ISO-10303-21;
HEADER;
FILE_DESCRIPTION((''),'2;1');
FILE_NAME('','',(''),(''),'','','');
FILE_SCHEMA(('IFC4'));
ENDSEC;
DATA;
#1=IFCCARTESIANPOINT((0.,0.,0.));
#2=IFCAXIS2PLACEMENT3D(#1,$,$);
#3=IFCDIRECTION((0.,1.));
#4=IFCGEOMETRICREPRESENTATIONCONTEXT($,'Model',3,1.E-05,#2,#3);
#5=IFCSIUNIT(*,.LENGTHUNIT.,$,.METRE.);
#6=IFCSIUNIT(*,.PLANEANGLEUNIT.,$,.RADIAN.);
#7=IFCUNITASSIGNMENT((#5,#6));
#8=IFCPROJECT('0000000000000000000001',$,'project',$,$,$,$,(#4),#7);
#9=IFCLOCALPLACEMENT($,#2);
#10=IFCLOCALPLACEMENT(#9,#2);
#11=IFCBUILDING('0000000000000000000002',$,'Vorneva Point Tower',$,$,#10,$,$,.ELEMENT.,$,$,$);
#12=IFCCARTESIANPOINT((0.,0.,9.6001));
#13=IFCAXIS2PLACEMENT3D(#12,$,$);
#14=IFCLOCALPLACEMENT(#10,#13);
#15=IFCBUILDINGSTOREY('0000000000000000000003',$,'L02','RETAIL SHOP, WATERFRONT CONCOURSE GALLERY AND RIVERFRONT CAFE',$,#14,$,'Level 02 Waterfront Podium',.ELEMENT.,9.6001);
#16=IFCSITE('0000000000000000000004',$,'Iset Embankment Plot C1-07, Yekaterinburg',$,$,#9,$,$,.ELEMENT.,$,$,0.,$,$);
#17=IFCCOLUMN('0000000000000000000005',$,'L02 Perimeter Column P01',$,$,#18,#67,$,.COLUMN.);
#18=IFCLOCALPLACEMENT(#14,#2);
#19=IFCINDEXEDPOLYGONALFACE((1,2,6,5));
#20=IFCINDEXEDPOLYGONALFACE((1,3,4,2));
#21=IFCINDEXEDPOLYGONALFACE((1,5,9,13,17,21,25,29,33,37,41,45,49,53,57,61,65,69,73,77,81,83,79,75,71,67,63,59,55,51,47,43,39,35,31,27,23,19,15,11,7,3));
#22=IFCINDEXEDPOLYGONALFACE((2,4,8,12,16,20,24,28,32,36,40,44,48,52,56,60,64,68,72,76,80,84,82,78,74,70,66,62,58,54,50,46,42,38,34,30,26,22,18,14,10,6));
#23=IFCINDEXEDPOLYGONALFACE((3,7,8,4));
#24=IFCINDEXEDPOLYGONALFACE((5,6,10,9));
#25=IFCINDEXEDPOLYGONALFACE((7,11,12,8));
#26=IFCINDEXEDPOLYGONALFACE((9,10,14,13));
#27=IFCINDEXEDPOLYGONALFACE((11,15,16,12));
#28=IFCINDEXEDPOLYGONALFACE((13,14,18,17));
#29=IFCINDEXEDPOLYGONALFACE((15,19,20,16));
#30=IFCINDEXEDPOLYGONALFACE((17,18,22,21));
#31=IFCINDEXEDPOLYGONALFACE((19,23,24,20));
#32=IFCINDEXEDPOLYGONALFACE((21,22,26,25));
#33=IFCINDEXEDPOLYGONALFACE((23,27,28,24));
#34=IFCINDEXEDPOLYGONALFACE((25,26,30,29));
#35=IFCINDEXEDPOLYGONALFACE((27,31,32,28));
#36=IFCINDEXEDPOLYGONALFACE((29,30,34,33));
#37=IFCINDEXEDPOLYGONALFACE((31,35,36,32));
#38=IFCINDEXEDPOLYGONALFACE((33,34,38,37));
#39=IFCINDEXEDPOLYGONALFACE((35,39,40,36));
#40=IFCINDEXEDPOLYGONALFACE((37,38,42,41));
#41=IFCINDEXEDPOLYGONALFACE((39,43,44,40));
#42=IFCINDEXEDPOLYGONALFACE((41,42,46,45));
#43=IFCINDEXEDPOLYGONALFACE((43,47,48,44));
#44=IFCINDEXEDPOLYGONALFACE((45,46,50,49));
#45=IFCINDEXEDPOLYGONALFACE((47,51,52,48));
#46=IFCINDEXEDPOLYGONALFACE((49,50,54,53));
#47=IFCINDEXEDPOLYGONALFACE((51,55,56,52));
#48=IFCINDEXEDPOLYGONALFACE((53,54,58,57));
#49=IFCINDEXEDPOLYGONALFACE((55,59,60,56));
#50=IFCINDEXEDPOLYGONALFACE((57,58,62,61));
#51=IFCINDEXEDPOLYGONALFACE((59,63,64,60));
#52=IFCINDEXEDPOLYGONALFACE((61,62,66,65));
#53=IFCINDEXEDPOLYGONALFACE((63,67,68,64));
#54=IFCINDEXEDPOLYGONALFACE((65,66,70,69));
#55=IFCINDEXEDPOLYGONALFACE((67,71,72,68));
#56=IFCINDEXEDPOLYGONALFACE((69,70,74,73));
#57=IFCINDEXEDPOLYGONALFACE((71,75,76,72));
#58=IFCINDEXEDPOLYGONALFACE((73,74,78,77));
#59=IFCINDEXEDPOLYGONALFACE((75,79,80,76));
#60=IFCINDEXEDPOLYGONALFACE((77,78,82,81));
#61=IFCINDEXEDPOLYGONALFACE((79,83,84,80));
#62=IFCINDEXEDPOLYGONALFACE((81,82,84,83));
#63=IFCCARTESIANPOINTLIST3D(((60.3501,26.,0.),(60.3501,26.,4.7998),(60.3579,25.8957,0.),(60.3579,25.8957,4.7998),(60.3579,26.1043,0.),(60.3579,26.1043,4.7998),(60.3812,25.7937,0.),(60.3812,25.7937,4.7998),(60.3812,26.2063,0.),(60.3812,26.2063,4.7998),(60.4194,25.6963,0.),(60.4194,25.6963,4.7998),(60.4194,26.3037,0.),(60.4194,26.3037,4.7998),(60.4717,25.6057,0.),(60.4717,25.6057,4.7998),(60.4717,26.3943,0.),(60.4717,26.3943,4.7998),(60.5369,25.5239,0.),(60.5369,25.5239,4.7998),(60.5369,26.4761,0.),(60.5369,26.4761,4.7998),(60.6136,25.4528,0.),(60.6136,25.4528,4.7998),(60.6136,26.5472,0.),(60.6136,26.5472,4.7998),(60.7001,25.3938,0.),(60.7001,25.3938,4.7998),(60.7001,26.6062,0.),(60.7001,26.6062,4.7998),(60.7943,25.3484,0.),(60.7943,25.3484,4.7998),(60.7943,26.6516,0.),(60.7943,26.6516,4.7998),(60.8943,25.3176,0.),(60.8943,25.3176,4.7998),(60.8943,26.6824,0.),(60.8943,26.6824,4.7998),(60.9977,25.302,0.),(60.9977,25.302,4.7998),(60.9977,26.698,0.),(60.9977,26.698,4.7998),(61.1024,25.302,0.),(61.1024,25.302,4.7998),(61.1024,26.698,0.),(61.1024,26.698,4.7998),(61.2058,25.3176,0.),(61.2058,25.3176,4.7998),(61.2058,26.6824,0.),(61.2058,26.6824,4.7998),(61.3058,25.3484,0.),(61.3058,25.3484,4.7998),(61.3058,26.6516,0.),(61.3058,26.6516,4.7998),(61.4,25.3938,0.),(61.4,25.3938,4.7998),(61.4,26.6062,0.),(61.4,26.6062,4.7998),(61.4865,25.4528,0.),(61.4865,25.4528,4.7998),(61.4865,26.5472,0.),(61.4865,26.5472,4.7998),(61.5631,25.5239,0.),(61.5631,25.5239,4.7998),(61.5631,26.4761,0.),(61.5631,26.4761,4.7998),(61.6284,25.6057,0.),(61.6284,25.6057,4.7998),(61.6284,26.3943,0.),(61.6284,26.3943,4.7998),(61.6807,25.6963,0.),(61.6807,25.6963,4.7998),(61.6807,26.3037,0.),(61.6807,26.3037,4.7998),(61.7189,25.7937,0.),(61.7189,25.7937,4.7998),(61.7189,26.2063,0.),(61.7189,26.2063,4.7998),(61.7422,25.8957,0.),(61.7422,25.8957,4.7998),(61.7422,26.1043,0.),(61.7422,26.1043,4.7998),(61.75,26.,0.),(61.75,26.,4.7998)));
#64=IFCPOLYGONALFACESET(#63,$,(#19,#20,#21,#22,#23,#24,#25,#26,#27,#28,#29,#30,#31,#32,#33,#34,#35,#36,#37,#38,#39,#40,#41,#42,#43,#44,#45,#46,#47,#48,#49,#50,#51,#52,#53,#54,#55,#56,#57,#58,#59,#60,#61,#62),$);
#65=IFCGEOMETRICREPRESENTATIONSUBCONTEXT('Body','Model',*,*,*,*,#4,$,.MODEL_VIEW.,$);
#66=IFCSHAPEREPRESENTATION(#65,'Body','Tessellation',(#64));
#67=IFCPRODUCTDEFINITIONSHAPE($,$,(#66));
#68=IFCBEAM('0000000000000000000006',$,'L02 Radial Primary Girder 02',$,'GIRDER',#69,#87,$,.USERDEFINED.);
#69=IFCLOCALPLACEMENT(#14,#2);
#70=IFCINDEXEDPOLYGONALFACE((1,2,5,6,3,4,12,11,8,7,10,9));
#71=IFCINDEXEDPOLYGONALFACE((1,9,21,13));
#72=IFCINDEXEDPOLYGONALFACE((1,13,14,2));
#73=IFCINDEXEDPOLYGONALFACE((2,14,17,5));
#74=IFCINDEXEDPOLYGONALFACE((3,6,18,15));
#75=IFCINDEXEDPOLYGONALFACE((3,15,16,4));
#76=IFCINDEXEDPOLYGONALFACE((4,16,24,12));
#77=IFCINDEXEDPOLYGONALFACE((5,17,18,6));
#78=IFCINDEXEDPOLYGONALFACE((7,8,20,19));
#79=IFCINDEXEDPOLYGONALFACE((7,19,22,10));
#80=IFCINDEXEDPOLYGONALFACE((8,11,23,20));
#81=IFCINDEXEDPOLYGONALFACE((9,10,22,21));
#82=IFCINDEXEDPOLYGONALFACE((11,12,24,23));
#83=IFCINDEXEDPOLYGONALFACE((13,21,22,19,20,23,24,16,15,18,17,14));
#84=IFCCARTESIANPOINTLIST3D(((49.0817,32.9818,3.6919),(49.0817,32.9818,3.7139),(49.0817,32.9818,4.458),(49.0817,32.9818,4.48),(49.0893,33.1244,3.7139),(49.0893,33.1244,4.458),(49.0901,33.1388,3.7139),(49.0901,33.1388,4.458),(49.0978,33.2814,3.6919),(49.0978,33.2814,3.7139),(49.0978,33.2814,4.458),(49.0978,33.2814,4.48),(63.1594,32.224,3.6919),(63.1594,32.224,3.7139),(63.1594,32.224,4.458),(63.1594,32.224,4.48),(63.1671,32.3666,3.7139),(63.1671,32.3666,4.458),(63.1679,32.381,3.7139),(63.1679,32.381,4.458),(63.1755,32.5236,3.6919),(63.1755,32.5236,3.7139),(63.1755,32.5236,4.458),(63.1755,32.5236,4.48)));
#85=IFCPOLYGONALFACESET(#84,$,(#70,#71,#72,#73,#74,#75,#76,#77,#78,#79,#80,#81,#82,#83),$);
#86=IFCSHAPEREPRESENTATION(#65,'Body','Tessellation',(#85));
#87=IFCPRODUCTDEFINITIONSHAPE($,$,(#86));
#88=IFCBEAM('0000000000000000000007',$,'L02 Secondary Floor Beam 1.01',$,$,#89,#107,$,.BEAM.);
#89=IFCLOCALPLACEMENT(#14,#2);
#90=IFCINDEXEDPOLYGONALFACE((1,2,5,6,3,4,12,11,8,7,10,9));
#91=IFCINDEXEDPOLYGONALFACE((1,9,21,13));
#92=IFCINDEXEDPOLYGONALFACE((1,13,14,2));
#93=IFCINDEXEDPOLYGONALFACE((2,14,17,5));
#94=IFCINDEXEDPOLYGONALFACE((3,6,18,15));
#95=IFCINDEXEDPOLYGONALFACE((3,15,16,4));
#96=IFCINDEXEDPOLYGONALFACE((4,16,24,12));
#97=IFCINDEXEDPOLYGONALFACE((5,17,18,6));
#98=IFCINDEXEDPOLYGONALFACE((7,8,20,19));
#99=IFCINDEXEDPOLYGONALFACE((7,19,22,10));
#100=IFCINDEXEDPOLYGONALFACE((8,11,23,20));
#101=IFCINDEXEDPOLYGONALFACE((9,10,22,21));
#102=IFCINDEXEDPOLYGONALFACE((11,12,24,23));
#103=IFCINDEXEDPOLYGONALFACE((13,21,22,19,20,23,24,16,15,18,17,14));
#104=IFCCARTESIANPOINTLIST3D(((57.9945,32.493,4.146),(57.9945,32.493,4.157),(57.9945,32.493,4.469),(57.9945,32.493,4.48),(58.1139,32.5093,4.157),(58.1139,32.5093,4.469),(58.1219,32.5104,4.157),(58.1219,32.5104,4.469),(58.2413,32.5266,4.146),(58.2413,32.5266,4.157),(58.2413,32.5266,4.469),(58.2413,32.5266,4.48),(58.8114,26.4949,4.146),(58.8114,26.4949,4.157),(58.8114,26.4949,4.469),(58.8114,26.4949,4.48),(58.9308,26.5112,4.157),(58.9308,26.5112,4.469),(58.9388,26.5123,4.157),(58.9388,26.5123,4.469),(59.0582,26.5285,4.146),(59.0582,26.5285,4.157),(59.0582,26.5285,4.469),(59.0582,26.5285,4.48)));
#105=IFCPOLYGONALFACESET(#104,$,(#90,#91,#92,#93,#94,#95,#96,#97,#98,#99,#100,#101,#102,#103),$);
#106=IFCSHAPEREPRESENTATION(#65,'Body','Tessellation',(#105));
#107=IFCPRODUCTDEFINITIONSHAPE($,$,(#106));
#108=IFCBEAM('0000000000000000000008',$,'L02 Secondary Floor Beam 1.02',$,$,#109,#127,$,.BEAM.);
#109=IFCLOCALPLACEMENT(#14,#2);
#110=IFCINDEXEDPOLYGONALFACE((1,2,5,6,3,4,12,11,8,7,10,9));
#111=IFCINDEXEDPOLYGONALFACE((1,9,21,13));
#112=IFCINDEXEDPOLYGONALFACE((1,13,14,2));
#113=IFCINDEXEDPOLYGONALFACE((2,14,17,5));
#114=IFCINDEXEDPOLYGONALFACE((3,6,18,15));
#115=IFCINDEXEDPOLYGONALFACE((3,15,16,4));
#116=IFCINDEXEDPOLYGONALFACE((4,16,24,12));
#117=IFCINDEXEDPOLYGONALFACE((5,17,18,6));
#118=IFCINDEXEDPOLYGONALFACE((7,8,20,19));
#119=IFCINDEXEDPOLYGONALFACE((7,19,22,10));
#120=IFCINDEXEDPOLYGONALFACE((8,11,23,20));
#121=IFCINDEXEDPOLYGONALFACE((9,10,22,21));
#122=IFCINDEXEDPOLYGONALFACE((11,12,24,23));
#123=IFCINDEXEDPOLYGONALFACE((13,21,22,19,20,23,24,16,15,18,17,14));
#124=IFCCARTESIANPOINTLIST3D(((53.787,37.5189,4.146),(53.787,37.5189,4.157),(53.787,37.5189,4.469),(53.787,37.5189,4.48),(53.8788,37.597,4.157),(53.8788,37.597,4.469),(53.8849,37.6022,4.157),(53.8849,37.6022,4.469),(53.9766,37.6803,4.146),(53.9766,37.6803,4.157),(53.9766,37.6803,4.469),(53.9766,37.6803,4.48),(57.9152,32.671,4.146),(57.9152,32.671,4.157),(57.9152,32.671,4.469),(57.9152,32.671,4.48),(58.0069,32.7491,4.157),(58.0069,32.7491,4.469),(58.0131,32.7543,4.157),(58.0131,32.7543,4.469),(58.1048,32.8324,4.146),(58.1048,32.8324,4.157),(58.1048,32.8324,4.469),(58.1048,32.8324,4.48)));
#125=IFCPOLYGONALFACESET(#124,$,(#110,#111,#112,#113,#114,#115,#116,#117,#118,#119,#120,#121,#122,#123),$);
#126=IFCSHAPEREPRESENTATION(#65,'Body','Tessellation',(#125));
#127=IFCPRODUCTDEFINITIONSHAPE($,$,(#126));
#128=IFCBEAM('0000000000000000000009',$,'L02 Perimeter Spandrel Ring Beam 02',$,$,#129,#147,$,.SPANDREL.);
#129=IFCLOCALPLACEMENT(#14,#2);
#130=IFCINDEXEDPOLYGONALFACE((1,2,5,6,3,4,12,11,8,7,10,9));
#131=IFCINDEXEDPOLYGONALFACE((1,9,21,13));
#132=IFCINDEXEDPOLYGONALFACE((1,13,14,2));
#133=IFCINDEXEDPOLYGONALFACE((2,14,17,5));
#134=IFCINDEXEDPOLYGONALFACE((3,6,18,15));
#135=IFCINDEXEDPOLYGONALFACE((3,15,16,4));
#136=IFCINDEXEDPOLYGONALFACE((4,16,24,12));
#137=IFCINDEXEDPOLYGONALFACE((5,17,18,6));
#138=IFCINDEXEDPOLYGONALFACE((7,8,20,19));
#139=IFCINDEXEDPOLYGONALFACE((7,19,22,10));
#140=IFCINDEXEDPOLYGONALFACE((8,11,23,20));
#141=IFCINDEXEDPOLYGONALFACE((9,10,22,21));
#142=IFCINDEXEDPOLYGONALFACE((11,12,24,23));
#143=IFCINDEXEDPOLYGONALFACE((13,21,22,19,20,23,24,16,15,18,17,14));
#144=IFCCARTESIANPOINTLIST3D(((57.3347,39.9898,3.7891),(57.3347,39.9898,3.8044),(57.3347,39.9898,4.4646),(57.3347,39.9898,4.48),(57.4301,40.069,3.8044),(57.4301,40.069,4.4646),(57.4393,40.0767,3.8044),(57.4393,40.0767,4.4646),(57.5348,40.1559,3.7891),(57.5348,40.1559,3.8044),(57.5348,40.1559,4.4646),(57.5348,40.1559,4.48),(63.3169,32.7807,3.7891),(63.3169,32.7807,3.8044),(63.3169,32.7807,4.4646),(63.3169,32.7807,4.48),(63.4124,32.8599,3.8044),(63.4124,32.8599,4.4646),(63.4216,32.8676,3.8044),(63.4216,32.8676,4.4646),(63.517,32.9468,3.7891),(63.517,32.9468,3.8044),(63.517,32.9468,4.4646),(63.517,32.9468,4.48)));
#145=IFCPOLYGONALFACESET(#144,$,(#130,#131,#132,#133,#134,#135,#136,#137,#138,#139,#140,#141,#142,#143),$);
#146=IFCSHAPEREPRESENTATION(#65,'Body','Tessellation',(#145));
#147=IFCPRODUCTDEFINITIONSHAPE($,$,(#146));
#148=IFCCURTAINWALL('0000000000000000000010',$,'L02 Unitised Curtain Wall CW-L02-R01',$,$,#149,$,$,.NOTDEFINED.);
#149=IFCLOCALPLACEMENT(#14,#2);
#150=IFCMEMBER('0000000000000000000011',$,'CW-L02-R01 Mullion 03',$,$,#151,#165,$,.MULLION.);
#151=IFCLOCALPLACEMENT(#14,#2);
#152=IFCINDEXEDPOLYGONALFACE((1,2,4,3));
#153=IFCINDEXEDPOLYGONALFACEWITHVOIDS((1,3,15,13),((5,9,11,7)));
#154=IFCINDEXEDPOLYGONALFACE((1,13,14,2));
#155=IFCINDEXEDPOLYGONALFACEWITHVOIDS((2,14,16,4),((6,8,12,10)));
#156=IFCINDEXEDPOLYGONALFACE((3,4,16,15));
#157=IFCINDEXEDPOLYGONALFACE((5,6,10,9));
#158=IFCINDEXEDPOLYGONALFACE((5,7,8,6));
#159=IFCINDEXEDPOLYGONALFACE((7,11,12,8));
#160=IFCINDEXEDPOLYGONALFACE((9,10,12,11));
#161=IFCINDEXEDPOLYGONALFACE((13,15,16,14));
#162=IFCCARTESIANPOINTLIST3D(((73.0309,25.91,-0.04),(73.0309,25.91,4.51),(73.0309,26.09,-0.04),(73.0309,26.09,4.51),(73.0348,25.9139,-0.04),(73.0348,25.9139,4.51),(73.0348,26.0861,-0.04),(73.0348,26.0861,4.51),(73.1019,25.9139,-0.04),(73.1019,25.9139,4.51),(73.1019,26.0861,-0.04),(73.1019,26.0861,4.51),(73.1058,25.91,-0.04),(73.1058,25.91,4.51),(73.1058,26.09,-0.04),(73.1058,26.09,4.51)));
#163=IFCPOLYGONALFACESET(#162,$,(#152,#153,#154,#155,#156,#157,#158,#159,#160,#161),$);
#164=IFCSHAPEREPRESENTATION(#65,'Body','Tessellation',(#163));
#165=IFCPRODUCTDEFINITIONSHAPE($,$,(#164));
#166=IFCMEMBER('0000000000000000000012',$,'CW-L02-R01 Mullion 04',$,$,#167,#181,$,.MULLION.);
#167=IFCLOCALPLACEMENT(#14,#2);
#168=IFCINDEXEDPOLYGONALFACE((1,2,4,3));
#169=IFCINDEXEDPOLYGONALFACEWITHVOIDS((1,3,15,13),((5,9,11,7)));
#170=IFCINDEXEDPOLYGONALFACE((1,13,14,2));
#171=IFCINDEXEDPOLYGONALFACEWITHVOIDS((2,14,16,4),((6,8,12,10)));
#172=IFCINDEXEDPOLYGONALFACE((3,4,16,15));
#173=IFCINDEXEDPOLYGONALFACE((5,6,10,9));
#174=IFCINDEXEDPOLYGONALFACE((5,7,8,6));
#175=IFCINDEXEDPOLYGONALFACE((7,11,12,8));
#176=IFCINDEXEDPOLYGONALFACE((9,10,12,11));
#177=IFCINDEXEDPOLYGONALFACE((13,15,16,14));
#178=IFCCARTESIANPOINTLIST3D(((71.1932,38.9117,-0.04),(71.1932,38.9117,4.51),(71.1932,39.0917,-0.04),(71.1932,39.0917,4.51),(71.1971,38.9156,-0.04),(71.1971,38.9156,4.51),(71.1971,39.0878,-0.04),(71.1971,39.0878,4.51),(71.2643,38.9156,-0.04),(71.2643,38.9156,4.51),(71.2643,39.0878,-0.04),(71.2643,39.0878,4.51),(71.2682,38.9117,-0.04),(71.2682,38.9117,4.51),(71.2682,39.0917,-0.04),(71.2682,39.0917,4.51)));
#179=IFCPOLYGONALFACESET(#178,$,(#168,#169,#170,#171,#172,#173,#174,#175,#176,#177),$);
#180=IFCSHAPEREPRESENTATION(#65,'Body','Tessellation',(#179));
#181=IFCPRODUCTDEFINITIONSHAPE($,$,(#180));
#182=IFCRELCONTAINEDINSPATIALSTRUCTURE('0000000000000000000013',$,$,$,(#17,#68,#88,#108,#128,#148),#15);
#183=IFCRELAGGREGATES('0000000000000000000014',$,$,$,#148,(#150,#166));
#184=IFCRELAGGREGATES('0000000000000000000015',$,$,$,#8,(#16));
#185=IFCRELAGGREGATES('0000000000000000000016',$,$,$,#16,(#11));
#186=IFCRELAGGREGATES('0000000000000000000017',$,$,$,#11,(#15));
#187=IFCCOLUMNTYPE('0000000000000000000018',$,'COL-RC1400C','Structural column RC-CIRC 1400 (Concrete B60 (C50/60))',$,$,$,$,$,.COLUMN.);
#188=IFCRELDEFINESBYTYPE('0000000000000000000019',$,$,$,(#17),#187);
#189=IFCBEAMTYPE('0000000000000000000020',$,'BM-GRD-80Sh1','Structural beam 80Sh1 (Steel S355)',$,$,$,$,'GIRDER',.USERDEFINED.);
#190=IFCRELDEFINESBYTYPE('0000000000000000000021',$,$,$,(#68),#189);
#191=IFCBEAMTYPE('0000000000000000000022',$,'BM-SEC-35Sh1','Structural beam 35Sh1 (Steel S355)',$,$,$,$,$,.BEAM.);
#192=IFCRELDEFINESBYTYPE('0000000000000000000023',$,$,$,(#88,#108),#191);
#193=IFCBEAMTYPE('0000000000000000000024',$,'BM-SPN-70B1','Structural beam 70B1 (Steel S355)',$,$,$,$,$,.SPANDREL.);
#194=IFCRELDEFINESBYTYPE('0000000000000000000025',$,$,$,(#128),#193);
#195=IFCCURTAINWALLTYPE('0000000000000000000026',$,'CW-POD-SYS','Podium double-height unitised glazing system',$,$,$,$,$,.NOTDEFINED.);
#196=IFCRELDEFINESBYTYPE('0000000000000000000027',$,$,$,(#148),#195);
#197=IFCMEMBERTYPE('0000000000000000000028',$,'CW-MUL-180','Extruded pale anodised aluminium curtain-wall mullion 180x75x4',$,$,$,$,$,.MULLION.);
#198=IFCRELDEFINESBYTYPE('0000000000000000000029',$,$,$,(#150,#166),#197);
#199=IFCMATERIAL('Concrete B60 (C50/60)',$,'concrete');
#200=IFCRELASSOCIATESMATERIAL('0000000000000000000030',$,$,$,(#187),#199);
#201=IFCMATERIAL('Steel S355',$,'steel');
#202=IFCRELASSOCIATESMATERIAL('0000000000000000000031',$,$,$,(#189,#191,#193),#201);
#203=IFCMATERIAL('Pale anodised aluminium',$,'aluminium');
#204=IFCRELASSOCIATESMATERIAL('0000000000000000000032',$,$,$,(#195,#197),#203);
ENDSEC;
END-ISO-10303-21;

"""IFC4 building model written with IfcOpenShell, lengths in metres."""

from ifc_helpers import new_model, si_unit, direction, frame, origin, origin_2d, place, context, subcontext, project, spatial, hollow_rectangle, circle, i_section, extrude, material, material_profile, profile_set, type_object, element, aggregate, save


model = new_model("IFC4")

# Units and contexts
model_context = context("Model", 3, precision=1e-05, world=origin(), true_north=direction((0.0, 1.0)))
body_context = subcontext(model_context, "Body", "Model", "MODEL_VIEW")
ifc_project = project(units=[si_unit("LENGTHUNIT", "METRE"), si_unit("PLANEANGLEUNIT", "RADIAN")], contexts=[model_context])

# Site, building, storey
site_placement = place(None, origin())
site = spatial("IfcSite", under=ifc_project, at=site_placement, Name="Iset Embankment Plot C1-07, Yekaterinburg", CompositionType="ELEMENT", RefElevation=0.0)
building_placement = place(site_placement, origin())
building = spatial("IfcBuilding", under=site, at=building_placement, Name="Vorneva Point Tower", CompositionType="ELEMENT")
storey_placement = place(building_placement, frame((0.0, 0.0, 9.6001)))
storey = spatial("IfcBuildingStorey", under=building, at=storey_placement, Name="L02", Description="RETAIL SHOP, WATERFRONT CONCOURSE GALLERY AND RIVERFRONT CAFE", LongName="Level 02 Waterfront Podium", CompositionType="ELEMENT", Elevation=9.6001)

# Column
ifc_material_1 = material(Name="Concrete B60 (C50/60)", Category="concrete")
ifc_material_profile_1 = material_profile(ifc_material_1, circle(Radius=0.7, at=origin_2d()), Name="RC-CIRC 1400")
ifc_profile_set_1 = profile_set([ifc_material_profile_1], Name="Concrete B60 (C50/60)")
column_type = type_object("IfcColumnType", Name="COL-RC1400C", Description="Structural column RC-CIRC 1400 (Concrete B60 (C50/60))", PredefinedType="COLUMN", material=ifc_profile_set_1)
for number, where, z_axis, x_axis, name in (
    (1, (61.05, 26.0, 0.0), (0.0, 0.0, 1.0), (1.0, 0.0, 0.0), "L02 Perimeter Column P01"),
):
    element("IfcColumn", number, at=place(storey_placement, frame(where, z_axis=z_axis, x_axis=x_axis)), inside=storey, type_object=column_type, Name=name, PredefinedType="COLUMN", context=body_context, shape_type="SweptSolid", body=[
        extrude(circle(Radius=0.7, at=origin_2d()), origin(), (0.0, 0.0, 1.0), 4.7998),
    ])

# Beams
ifc_material_2 = material(Name="Steel S355", Category="steel")
ifc_material_profile_2 = material_profile(ifc_material_2, i_section(OverallWidth=0.3, OverallDepth=0.7881, WebThickness=0.0144, FlangeThickness=0.022, at=origin_2d()), Name="80Sh1")
ifc_profile_set_2 = profile_set([ifc_material_profile_2], Name="Steel S355")
beam_type_1 = type_object("IfcBeamType", Name="BM-GRD-80Sh1", Description="Structural beam 80Sh1 (Steel S355)", ElementType="GIRDER", PredefinedType="USERDEFINED", material=ifc_profile_set_2)
beam_1_placement = place(storey_placement, frame((63.1675, 32.3738, 4.0859), z_axis=(-0.998554, 0.053752, 0.0), x_axis=(-0.053752, -0.998554, 0.0)))
element("IfcBeam", 2, at=beam_1_placement, inside=storey, type_object=beam_type_1, Name="L02 Radial Primary Girder 02", ObjectType="GIRDER", PredefinedType="USERDEFINED", context=body_context, shape_type="SweptSolid", body=[
    extrude(i_section(OverallWidth=0.3, OverallDepth=0.7881, WebThickness=0.0144, FlangeThickness=0.022, at=origin_2d()), origin(), (0.0, 0.0, 1.0), 14.0981),
])
ifc_material_profile_3 = material_profile(ifc_material_2, i_section(OverallWidth=0.249, OverallDepth=0.334, WebThickness=0.0081, FlangeThickness=0.011, at=origin_2d()), Name="35Sh1")
ifc_profile_set_3 = profile_set([ifc_material_profile_3], Name="Steel S355")
beam_type_2 = type_object("IfcBeamType", Name="BM-SEC-35Sh1", Description="Structural beam 35Sh1 (Steel S355)", PredefinedType="BEAM", material=ifc_profile_set_3)
beam_2_placement = place(storey_placement, frame((58.9348, 26.5117, 4.313), z_axis=(-0.134948, 0.990853, 0.0), x_axis=(-0.990853, -0.134948, 0.0)))
element("IfcBeam", 3, at=beam_2_placement, inside=storey, type_object=beam_type_2, Name="L02 Secondary Floor Beam 1.01", PredefinedType="BEAM", context=body_context, shape_type="SweptSolid", body=[
    extrude(i_section(OverallWidth=0.249, OverallDepth=0.334, WebThickness=0.0081, FlangeThickness=0.011, at=origin_2d()), origin(), (0.0, 0.0, 1.0), 6.0535),
])
beam_3_placement = place(storey_placement, frame((58.01, 32.7517, 4.313), z_axis=(-0.648328, 0.761361, 0.0), x_axis=(-0.761361, -0.648328, 0.0)))
element("IfcBeam", 4, at=beam_3_placement, inside=storey, type_object=beam_type_2, Name="L02 Secondary Floor Beam 1.02", PredefinedType="BEAM", context=body_context, shape_type="SweptSolid", body=[
    extrude(i_section(OverallWidth=0.249, OverallDepth=0.334, WebThickness=0.0081, FlangeThickness=0.011, at=origin_2d()), origin(), (0.0, 0.0, 1.0), 6.3674),
])
ifc_material_profile_4 = material_profile(ifc_material_2, i_section(OverallWidth=0.26, OverallDepth=0.6909, WebThickness=0.012, FlangeThickness=0.0154, at=origin_2d()), Name="70B1")
ifc_profile_set_4 = profile_set([ifc_material_profile_4], Name="Steel S355")
beam_type_3 = type_object("IfcBeamType", Name="BM-SPN-70B1", Description="Structural beam 70B1 (Steel S355)", PredefinedType="SPANDREL", material=ifc_profile_set_4)
beam_4_placement = place(storey_placement, frame((63.417, 32.8638, 4.1345), z_axis=(-0.638589, 0.769548, 0.0), x_axis=(-0.769548, -0.638589, 0.0)))
element("IfcBeam", 5, at=beam_4_placement, inside=storey, type_object=beam_type_3, Name="L02 Perimeter Spandrel Ring Beam 02", PredefinedType="SPANDREL", context=body_context, shape_type="SweptSolid", body=[
    extrude(i_section(OverallWidth=0.26, OverallDepth=0.6909, WebThickness=0.012, FlangeThickness=0.0154, at=origin_2d()), origin(), (0.0, 0.0, 1.0), 9.3679),
])

# Curtain wall, members
ifc_material_3 = material(Name="Pale anodised aluminium", Category="aluminium")
curtain_wall_type = type_object("IfcCurtainWallType", Name="CW-POD-SYS", Description="Podium double-height unitised glazing system", PredefinedType="NOTDEFINED", material=ifc_material_3)
curtain_wall_placement = place(storey_placement, origin())
curtain_wall = element("IfcCurtainWall", 6, at=curtain_wall_placement, inside=storey, type_object=curtain_wall_type, Name="L02 Unitised Curtain Wall CW-L02-R01", PredefinedType="NOTDEFINED")
ifc_material_profile_5 = material_profile(ifc_material_3, hollow_rectangle(XDim=0.075, YDim=0.1799, WallThickness=0.0039, at=origin_2d()), Name="AL-MUL 180x75x4")
ifc_profile_set_5 = profile_set([ifc_material_profile_5], Name="Pale anodised aluminium")
member_type_1 = type_object("IfcMemberType", Name="CW-MUL-180", Description="Extruded pale anodised aluminium curtain-wall mullion 180x75x4", PredefinedType="MULLION", material=ifc_profile_set_5)
member_1_placement = place(storey_placement, frame((73.0684, 26.0, -0.04), z_axis=(0.0, 0.0, 1.0), x_axis=(1.0, 0.0, 0.0)))
member_1 = element("IfcMember", 7, at=member_1_placement, type_object=member_type_1, Name="CW-L02-R01 Mullion 03", PredefinedType="MULLION", context=body_context, shape_type="SweptSolid", body=[
    extrude(hollow_rectangle(XDim=0.075, YDim=0.1799, WallThickness=0.0039, at=origin_2d()), origin(), (0.0, 0.0, 1.0), 4.55),
])
member_2_placement = place(storey_placement, frame((71.2307, 39.0017, -0.04), z_axis=(0.0, 0.0, 1.0), x_axis=(1.0, 0.0, 0.0)))
member_2 = element("IfcMember", 8, at=member_2_placement, type_object=member_type_1, Name="CW-L02-R01 Mullion 04", PredefinedType="MULLION", context=body_context, shape_type="SweptSolid", body=[
    extrude(hollow_rectangle(XDim=0.075, YDim=0.1799, WallThickness=0.0039, at=origin_2d()), origin(), (0.0, 0.0, 1.0), 4.55),
])
aggregate(curtain_wall, [member_1, member_2])

save(model, "model.ifc")
